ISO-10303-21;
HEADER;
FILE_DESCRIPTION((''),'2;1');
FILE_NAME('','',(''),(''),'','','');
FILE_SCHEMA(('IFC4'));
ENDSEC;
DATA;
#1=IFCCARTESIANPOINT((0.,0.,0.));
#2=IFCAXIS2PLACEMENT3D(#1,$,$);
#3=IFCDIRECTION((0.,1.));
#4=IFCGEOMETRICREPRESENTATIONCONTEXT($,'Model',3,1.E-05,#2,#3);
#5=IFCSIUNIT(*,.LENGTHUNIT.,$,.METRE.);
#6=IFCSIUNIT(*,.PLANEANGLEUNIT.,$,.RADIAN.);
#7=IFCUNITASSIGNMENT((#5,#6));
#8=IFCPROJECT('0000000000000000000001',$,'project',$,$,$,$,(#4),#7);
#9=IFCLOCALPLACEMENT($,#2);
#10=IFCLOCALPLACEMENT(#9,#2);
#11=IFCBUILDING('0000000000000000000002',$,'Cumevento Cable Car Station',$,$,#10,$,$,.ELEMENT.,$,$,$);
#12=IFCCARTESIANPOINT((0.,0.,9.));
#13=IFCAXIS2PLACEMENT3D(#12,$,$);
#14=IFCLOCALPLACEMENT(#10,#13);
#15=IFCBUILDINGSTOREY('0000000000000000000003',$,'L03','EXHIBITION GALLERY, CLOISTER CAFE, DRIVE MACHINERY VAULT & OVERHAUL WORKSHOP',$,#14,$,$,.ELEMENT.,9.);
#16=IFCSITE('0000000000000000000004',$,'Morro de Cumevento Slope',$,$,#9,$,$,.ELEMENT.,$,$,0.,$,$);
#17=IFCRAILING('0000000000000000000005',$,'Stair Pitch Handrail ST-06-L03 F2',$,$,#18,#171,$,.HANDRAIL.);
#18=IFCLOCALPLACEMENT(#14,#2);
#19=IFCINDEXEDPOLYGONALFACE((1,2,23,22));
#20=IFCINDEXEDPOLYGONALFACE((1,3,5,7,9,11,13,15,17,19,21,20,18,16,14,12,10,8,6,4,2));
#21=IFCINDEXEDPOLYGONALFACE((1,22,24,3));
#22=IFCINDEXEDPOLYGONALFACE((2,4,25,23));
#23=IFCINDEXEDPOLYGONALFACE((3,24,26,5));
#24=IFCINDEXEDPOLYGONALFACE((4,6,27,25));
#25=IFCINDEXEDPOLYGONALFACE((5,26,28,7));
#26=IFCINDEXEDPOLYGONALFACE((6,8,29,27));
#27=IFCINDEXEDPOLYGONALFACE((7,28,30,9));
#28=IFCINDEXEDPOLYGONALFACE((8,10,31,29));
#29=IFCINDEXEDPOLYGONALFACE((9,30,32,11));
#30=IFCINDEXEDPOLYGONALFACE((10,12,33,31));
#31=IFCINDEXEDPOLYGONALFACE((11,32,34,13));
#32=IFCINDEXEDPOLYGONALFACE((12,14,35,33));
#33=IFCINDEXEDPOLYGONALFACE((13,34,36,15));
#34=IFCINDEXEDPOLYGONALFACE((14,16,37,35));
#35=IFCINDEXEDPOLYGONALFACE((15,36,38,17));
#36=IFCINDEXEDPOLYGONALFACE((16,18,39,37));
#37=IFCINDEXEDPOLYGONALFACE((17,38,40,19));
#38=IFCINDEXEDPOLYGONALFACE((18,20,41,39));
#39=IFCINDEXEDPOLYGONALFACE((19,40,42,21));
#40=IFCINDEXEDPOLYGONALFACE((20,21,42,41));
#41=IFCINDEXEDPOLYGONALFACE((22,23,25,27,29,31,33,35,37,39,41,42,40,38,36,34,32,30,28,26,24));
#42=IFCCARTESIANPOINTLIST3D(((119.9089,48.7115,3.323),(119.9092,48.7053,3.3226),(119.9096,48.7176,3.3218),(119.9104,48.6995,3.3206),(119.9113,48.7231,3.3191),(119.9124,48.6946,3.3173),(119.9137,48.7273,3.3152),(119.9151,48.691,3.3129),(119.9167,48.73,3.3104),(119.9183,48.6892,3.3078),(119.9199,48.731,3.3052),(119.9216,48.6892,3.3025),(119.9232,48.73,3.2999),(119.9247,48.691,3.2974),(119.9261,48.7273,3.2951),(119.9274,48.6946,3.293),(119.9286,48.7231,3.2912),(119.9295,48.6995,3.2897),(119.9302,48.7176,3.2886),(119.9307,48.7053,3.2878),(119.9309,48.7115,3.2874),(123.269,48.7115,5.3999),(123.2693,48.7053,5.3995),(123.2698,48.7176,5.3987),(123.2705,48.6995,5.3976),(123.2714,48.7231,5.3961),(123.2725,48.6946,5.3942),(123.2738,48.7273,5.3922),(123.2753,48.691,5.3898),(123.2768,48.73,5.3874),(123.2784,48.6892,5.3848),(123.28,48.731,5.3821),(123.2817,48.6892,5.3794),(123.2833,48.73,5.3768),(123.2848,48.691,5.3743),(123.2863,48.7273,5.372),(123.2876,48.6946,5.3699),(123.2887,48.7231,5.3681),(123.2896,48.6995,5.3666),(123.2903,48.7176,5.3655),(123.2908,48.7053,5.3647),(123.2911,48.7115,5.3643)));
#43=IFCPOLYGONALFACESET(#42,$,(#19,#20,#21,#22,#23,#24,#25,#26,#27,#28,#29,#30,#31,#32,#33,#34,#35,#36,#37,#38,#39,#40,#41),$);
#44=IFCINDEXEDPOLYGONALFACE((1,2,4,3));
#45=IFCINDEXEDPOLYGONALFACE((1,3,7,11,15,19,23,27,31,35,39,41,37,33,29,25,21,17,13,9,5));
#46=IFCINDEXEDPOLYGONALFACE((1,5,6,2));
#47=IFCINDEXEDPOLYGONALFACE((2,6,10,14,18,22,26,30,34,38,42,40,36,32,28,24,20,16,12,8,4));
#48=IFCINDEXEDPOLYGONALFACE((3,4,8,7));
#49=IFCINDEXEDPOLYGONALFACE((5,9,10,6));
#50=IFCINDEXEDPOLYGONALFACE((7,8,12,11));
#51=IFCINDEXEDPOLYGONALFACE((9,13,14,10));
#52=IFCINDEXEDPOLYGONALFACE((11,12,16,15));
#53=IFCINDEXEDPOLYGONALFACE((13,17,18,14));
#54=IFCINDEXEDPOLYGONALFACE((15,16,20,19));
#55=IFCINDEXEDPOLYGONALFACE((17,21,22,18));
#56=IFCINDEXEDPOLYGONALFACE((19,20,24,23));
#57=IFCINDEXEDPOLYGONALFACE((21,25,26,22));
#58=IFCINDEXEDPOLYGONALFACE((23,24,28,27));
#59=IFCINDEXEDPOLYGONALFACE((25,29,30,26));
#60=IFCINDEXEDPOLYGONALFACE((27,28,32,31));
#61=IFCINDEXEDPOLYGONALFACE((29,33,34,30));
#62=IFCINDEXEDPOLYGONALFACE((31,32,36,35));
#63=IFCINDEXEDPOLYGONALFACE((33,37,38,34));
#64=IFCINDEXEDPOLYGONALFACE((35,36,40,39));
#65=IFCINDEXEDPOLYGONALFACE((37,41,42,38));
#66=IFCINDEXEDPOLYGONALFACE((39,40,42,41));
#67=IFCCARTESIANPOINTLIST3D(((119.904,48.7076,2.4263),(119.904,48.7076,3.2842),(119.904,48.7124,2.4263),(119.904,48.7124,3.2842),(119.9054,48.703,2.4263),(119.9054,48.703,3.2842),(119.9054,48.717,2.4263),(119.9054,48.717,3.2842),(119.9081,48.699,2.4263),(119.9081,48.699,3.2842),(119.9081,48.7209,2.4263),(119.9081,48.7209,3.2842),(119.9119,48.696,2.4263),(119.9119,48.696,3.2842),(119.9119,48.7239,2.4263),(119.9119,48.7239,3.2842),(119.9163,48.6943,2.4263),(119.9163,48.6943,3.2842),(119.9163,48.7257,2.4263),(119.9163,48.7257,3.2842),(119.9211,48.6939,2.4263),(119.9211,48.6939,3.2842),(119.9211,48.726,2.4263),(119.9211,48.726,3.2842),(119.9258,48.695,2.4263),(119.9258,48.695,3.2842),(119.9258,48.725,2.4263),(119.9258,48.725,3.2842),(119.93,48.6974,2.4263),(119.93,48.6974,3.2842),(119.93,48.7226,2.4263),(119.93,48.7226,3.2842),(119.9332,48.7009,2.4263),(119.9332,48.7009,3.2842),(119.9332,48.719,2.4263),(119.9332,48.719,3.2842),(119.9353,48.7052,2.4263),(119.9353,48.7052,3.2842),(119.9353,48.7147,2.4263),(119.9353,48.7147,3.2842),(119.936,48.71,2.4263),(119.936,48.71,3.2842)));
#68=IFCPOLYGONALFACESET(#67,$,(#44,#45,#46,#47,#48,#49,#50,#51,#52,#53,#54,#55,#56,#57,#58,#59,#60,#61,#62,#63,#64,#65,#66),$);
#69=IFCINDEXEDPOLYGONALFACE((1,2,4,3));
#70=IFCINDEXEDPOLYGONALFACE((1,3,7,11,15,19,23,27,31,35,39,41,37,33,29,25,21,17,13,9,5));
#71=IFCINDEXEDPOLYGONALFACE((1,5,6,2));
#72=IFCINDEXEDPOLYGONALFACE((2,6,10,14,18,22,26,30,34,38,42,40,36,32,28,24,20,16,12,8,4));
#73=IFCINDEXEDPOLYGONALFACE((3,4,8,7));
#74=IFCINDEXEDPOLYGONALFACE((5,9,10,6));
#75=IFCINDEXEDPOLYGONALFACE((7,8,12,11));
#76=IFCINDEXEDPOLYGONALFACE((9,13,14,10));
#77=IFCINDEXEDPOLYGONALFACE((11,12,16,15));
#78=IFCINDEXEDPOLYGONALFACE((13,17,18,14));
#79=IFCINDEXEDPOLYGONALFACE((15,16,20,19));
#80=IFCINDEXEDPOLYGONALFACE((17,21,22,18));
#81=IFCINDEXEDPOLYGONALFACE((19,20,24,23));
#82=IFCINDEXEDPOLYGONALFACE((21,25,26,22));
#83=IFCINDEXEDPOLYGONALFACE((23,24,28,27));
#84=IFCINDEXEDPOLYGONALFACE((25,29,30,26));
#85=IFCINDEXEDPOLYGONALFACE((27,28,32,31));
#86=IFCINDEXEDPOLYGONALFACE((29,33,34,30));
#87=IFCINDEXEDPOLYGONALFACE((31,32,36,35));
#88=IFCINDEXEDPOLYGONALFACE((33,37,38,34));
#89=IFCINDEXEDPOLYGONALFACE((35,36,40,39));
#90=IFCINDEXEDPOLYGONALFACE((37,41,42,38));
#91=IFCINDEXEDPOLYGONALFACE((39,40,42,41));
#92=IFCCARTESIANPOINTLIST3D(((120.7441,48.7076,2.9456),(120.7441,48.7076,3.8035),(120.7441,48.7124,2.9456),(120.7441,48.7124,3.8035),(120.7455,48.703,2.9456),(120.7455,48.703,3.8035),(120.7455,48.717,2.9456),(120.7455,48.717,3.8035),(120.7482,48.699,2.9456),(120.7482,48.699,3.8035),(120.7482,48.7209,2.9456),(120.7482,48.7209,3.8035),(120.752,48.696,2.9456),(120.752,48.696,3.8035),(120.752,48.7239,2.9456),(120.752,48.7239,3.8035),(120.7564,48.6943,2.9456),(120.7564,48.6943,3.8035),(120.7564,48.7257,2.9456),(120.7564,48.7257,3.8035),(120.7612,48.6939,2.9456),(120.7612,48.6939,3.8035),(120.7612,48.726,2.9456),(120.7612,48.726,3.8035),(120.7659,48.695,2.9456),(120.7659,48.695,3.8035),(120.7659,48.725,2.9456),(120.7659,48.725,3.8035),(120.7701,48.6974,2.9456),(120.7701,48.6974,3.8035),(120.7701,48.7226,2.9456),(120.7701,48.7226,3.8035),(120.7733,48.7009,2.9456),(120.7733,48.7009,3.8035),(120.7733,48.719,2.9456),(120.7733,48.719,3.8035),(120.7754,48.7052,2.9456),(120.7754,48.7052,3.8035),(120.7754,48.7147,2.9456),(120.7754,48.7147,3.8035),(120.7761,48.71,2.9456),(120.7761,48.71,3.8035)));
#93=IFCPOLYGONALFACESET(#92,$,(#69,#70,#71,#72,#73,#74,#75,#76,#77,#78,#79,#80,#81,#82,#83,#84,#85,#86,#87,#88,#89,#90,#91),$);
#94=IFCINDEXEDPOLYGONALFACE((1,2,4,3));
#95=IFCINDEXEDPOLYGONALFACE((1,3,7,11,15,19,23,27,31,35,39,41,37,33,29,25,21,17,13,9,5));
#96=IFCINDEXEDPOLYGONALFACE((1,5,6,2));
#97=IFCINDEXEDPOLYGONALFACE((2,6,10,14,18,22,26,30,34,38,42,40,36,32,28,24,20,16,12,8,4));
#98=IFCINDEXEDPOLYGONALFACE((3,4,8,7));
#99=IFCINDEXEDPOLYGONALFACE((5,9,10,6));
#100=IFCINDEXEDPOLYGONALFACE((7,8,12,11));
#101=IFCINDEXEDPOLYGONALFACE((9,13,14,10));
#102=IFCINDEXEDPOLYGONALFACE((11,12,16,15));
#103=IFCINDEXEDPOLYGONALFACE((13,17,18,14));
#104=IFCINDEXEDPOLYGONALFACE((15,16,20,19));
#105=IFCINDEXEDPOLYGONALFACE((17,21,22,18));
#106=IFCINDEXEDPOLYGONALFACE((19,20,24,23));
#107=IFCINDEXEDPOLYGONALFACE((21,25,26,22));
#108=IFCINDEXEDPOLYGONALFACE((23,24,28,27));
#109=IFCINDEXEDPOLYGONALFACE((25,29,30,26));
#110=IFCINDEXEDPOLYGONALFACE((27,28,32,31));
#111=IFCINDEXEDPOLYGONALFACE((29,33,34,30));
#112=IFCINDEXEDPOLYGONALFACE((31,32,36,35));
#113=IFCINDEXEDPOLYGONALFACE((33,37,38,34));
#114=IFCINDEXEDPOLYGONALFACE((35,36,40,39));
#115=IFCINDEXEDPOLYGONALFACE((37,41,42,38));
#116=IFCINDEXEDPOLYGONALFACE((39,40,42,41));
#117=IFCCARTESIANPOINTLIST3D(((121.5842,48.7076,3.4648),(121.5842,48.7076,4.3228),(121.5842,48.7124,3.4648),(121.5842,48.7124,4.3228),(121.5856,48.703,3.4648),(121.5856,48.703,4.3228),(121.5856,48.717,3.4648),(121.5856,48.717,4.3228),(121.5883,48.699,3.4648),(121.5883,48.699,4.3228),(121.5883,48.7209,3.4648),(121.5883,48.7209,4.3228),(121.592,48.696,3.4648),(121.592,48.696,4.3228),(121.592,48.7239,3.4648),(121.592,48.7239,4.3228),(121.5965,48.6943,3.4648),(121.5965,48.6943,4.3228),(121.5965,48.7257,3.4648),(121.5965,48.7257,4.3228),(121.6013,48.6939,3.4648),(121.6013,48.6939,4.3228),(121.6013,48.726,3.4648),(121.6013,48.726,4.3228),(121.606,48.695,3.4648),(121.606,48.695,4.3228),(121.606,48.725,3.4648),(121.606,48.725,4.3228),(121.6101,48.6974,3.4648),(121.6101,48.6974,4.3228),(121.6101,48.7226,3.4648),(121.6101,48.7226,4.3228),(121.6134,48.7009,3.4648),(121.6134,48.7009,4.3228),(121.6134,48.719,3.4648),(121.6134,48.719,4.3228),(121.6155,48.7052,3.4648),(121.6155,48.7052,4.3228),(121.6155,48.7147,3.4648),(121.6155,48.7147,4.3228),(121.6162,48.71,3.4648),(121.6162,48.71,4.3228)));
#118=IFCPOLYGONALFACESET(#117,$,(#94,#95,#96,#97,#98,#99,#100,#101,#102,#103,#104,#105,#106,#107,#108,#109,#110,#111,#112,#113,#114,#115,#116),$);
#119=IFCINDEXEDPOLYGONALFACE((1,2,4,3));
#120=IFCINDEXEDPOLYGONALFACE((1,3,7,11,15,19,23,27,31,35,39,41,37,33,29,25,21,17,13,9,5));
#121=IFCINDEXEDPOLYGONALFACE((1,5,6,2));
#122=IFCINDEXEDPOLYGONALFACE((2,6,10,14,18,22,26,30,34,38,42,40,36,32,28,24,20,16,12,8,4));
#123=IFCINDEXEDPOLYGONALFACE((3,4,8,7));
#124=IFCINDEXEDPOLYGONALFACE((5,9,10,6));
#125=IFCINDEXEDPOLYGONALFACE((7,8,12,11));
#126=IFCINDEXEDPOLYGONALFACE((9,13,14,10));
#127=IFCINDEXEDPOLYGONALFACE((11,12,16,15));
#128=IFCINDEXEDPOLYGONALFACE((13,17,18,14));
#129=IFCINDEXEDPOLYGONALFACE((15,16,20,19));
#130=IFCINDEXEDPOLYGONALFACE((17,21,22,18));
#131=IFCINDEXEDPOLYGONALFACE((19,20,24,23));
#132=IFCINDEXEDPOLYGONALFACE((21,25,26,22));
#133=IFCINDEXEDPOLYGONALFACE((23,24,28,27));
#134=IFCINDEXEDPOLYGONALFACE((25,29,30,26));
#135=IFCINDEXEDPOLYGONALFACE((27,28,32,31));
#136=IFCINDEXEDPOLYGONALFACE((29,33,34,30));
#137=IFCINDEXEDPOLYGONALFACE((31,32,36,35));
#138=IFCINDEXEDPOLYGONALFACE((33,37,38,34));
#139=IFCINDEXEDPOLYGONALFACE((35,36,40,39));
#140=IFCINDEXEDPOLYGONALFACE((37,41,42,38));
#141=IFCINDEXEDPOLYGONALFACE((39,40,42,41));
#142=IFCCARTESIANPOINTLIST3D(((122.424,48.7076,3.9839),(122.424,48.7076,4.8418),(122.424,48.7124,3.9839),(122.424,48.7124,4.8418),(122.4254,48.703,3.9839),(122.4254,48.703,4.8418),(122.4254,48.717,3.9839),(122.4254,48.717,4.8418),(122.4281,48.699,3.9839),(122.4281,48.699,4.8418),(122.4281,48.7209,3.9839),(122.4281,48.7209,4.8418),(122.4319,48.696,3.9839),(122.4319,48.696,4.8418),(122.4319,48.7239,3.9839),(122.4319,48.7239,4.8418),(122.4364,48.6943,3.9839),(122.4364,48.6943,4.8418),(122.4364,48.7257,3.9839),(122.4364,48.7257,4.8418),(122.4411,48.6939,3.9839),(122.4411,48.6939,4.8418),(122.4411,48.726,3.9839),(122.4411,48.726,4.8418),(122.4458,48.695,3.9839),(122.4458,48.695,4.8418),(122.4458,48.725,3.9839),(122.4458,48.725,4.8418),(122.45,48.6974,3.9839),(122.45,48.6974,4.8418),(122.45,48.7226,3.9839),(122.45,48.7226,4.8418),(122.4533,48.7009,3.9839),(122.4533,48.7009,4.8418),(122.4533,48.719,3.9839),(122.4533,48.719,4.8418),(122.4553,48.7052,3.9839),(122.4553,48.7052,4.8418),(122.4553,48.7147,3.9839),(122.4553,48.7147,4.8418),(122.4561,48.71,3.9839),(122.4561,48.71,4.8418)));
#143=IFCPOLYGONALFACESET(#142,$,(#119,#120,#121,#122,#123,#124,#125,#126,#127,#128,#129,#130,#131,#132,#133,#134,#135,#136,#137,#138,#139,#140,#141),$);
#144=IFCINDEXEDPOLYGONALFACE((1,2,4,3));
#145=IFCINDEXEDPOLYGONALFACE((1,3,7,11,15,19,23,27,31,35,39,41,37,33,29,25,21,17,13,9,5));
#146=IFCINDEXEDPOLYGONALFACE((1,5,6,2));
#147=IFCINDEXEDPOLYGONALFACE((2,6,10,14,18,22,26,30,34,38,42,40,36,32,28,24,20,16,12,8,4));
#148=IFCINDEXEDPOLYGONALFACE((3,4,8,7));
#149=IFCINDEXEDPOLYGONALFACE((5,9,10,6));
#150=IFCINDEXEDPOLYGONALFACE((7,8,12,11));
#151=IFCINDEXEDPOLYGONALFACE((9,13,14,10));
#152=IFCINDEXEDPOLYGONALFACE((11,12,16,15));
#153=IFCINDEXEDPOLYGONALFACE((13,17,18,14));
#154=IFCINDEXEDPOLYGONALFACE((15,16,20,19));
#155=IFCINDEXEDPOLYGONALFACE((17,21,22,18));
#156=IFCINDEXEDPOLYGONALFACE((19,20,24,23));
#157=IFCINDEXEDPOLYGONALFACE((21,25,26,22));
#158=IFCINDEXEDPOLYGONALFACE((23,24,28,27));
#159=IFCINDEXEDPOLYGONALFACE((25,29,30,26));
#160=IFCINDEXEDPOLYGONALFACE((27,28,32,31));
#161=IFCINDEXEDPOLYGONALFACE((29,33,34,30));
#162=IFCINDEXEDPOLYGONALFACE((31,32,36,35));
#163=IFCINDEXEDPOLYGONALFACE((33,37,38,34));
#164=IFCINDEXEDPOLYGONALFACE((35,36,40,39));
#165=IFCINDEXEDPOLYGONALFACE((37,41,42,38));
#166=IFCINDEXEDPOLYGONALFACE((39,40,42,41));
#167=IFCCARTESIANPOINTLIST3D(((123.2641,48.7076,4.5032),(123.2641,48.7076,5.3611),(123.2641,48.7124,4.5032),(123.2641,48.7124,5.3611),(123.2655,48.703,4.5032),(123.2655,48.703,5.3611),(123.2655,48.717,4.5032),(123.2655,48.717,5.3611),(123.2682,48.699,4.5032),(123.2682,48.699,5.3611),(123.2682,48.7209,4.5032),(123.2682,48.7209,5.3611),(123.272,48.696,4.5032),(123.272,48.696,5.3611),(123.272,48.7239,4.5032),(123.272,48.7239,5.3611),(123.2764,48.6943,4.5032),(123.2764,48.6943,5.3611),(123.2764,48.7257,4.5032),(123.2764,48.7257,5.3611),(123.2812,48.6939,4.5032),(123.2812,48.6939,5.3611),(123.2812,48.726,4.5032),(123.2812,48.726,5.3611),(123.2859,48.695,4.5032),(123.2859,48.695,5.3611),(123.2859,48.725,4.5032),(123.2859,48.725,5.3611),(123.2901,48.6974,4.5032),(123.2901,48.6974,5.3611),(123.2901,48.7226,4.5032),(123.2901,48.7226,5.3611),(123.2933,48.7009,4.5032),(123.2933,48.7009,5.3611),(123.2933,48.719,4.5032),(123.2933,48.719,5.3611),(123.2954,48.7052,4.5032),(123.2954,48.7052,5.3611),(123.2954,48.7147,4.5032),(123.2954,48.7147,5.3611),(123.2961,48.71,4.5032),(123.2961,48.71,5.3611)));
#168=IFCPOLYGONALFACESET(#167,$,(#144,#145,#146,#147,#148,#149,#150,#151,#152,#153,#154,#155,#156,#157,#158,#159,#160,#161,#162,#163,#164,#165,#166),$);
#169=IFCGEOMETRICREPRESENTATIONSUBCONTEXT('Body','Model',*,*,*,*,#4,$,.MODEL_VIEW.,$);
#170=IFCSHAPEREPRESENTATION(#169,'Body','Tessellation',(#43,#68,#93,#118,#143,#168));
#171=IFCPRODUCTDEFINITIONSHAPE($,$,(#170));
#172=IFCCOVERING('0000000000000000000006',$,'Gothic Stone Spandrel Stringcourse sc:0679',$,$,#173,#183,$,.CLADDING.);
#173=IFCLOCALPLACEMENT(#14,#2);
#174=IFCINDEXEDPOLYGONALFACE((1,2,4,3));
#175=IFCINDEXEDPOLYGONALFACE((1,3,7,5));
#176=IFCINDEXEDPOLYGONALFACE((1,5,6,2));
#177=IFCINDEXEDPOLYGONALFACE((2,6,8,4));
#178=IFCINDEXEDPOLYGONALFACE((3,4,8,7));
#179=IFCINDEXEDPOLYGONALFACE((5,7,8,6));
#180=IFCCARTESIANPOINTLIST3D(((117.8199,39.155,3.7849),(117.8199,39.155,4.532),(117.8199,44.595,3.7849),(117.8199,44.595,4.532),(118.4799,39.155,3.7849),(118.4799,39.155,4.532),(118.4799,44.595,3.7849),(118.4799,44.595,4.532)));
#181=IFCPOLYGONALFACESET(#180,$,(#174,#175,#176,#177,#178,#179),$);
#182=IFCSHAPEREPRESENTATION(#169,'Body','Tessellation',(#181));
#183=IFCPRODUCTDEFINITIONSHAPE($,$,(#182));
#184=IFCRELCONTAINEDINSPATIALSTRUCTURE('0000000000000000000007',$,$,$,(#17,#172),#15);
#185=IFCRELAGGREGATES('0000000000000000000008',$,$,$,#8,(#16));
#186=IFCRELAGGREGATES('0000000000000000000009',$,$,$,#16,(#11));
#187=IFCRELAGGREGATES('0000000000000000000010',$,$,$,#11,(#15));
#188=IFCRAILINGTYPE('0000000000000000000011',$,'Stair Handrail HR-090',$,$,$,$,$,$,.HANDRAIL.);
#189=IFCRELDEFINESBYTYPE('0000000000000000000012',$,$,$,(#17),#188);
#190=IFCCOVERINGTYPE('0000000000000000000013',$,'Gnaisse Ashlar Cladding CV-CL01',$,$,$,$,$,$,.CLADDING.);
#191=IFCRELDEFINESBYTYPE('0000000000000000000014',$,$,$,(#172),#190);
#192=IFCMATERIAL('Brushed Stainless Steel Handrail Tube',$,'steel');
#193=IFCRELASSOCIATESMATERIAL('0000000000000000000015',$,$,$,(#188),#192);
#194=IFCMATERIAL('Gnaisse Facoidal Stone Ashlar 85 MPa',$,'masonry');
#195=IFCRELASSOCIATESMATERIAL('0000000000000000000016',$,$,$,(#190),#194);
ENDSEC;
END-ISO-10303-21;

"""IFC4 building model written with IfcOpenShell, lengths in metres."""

from ifc_helpers import new_model, si_unit, direction, frame, origin, origin_2d, place, context, subcontext, project, spatial, rectangle, circle, extrude, material, type_object, element, save


model = new_model("IFC4")

# Units and contexts
model_context = context("Model", 3, precision=1e-05, world=origin(), true_north=direction((0.0, 1.0)))
body_context = subcontext(model_context, "Body", "Model", "MODEL_VIEW")
ifc_project = project(units=[si_unit("LENGTHUNIT", "METRE"), si_unit("PLANEANGLEUNIT", "RADIAN")], contexts=[model_context])

# Site, building, storey
site_placement = place(None, origin())
site = spatial("IfcSite", under=ifc_project, at=site_placement, Name="Morro de Cumevento Slope", CompositionType="ELEMENT", RefElevation=0.0)
building_placement = place(site_placement, origin())
building = spatial("IfcBuilding", under=site, at=building_placement, Name="Cumevento Cable Car Station", CompositionType="ELEMENT")
storey_placement = place(building_placement, frame((0.0, 0.0, 9.0)))
storey = spatial("IfcBuildingStorey", under=building, at=storey_placement, Name="L03", Description="EXHIBITION GALLERY, CLOISTER CAFE, DRIVE MACHINERY VAULT & OVERHAUL WORKSHOP", CompositionType="ELEMENT", Elevation=9.0)

# Railing
ifc_material_1 = material(Name="Brushed Stainless Steel Handrail Tube", Category="steel")
railing_type_1 = type_object("IfcRailingType", Name="Stair Handrail HR-090", PredefinedType="HANDRAIL", material=ifc_material_1)
railing_1_placement = place(storey_placement, frame((119.9199, 48.71, 2.4263)))
element("IfcRailing", 1, at=railing_1_placement, inside=storey, type_object=railing_type_1, Name="Stair Pitch Handrail ST-06-L03 F2", PredefinedType="HANDRAIL", context=body_context, shape_type="SweptSolid", body=[
    extrude(circle(Radius=0.021, at=origin_2d()), frame((0.0, 0.0, 0.8789), z_axis=(0.850623, 0.0, 0.525776), x_axis=(0.0, 1.0, 0.0)), (0.0, 0.0, 1.0), 3.9502),
    extrude(circle(Radius=0.0161, at=origin_2d()), origin(), (0.0, 0.0, 1.0), 0.8579),
    extrude(circle(Radius=0.0161, at=origin_2d()), frame((0.8401, 0.0, 0.5193)), (0.0, 0.0, 1.0), 0.8579),
    extrude(circle(Radius=0.0161, at=origin_2d()), frame((1.6802, 0.0, 1.0386)), (0.0, 0.0, 1.0), 0.8579),
    extrude(circle(Radius=0.0161, at=origin_2d()), frame((2.52, 0.0, 1.5576)), (0.0, 0.0, 1.0), 0.8579),
    extrude(circle(Radius=0.0161, at=origin_2d()), frame((3.3601, 0.0, 2.0769)), (0.0, 0.0, 1.0), 0.8579),
])

# Covering
ifc_material_2 = material(Name="Gnaisse Facoidal Stone Ashlar 85 MPa", Category="masonry")
covering_type = type_object("IfcCoveringType", Name="Gnaisse Ashlar Cladding CV-CL01", PredefinedType="CLADDING", material=ifc_material_2)
covering_placement = place(storey_placement, frame((118.1499, 41.875, 3.7849), z_axis=(0.0, 0.0, 1.0), x_axis=(0.0, 1.0, 0.0)))
element("IfcCovering", 2, at=covering_placement, inside=storey, type_object=covering_type, Name="Gothic Stone Spandrel Stringcourse sc:0679", PredefinedType="CLADDING", context=body_context, shape_type="SweptSolid", body=[
    extrude(rectangle(XDim=5.4399, YDim=0.6599, at=origin_2d()), origin(), (0.0, 0.0, 1.0), 0.7471),
])

save(model, "model.ifc")
